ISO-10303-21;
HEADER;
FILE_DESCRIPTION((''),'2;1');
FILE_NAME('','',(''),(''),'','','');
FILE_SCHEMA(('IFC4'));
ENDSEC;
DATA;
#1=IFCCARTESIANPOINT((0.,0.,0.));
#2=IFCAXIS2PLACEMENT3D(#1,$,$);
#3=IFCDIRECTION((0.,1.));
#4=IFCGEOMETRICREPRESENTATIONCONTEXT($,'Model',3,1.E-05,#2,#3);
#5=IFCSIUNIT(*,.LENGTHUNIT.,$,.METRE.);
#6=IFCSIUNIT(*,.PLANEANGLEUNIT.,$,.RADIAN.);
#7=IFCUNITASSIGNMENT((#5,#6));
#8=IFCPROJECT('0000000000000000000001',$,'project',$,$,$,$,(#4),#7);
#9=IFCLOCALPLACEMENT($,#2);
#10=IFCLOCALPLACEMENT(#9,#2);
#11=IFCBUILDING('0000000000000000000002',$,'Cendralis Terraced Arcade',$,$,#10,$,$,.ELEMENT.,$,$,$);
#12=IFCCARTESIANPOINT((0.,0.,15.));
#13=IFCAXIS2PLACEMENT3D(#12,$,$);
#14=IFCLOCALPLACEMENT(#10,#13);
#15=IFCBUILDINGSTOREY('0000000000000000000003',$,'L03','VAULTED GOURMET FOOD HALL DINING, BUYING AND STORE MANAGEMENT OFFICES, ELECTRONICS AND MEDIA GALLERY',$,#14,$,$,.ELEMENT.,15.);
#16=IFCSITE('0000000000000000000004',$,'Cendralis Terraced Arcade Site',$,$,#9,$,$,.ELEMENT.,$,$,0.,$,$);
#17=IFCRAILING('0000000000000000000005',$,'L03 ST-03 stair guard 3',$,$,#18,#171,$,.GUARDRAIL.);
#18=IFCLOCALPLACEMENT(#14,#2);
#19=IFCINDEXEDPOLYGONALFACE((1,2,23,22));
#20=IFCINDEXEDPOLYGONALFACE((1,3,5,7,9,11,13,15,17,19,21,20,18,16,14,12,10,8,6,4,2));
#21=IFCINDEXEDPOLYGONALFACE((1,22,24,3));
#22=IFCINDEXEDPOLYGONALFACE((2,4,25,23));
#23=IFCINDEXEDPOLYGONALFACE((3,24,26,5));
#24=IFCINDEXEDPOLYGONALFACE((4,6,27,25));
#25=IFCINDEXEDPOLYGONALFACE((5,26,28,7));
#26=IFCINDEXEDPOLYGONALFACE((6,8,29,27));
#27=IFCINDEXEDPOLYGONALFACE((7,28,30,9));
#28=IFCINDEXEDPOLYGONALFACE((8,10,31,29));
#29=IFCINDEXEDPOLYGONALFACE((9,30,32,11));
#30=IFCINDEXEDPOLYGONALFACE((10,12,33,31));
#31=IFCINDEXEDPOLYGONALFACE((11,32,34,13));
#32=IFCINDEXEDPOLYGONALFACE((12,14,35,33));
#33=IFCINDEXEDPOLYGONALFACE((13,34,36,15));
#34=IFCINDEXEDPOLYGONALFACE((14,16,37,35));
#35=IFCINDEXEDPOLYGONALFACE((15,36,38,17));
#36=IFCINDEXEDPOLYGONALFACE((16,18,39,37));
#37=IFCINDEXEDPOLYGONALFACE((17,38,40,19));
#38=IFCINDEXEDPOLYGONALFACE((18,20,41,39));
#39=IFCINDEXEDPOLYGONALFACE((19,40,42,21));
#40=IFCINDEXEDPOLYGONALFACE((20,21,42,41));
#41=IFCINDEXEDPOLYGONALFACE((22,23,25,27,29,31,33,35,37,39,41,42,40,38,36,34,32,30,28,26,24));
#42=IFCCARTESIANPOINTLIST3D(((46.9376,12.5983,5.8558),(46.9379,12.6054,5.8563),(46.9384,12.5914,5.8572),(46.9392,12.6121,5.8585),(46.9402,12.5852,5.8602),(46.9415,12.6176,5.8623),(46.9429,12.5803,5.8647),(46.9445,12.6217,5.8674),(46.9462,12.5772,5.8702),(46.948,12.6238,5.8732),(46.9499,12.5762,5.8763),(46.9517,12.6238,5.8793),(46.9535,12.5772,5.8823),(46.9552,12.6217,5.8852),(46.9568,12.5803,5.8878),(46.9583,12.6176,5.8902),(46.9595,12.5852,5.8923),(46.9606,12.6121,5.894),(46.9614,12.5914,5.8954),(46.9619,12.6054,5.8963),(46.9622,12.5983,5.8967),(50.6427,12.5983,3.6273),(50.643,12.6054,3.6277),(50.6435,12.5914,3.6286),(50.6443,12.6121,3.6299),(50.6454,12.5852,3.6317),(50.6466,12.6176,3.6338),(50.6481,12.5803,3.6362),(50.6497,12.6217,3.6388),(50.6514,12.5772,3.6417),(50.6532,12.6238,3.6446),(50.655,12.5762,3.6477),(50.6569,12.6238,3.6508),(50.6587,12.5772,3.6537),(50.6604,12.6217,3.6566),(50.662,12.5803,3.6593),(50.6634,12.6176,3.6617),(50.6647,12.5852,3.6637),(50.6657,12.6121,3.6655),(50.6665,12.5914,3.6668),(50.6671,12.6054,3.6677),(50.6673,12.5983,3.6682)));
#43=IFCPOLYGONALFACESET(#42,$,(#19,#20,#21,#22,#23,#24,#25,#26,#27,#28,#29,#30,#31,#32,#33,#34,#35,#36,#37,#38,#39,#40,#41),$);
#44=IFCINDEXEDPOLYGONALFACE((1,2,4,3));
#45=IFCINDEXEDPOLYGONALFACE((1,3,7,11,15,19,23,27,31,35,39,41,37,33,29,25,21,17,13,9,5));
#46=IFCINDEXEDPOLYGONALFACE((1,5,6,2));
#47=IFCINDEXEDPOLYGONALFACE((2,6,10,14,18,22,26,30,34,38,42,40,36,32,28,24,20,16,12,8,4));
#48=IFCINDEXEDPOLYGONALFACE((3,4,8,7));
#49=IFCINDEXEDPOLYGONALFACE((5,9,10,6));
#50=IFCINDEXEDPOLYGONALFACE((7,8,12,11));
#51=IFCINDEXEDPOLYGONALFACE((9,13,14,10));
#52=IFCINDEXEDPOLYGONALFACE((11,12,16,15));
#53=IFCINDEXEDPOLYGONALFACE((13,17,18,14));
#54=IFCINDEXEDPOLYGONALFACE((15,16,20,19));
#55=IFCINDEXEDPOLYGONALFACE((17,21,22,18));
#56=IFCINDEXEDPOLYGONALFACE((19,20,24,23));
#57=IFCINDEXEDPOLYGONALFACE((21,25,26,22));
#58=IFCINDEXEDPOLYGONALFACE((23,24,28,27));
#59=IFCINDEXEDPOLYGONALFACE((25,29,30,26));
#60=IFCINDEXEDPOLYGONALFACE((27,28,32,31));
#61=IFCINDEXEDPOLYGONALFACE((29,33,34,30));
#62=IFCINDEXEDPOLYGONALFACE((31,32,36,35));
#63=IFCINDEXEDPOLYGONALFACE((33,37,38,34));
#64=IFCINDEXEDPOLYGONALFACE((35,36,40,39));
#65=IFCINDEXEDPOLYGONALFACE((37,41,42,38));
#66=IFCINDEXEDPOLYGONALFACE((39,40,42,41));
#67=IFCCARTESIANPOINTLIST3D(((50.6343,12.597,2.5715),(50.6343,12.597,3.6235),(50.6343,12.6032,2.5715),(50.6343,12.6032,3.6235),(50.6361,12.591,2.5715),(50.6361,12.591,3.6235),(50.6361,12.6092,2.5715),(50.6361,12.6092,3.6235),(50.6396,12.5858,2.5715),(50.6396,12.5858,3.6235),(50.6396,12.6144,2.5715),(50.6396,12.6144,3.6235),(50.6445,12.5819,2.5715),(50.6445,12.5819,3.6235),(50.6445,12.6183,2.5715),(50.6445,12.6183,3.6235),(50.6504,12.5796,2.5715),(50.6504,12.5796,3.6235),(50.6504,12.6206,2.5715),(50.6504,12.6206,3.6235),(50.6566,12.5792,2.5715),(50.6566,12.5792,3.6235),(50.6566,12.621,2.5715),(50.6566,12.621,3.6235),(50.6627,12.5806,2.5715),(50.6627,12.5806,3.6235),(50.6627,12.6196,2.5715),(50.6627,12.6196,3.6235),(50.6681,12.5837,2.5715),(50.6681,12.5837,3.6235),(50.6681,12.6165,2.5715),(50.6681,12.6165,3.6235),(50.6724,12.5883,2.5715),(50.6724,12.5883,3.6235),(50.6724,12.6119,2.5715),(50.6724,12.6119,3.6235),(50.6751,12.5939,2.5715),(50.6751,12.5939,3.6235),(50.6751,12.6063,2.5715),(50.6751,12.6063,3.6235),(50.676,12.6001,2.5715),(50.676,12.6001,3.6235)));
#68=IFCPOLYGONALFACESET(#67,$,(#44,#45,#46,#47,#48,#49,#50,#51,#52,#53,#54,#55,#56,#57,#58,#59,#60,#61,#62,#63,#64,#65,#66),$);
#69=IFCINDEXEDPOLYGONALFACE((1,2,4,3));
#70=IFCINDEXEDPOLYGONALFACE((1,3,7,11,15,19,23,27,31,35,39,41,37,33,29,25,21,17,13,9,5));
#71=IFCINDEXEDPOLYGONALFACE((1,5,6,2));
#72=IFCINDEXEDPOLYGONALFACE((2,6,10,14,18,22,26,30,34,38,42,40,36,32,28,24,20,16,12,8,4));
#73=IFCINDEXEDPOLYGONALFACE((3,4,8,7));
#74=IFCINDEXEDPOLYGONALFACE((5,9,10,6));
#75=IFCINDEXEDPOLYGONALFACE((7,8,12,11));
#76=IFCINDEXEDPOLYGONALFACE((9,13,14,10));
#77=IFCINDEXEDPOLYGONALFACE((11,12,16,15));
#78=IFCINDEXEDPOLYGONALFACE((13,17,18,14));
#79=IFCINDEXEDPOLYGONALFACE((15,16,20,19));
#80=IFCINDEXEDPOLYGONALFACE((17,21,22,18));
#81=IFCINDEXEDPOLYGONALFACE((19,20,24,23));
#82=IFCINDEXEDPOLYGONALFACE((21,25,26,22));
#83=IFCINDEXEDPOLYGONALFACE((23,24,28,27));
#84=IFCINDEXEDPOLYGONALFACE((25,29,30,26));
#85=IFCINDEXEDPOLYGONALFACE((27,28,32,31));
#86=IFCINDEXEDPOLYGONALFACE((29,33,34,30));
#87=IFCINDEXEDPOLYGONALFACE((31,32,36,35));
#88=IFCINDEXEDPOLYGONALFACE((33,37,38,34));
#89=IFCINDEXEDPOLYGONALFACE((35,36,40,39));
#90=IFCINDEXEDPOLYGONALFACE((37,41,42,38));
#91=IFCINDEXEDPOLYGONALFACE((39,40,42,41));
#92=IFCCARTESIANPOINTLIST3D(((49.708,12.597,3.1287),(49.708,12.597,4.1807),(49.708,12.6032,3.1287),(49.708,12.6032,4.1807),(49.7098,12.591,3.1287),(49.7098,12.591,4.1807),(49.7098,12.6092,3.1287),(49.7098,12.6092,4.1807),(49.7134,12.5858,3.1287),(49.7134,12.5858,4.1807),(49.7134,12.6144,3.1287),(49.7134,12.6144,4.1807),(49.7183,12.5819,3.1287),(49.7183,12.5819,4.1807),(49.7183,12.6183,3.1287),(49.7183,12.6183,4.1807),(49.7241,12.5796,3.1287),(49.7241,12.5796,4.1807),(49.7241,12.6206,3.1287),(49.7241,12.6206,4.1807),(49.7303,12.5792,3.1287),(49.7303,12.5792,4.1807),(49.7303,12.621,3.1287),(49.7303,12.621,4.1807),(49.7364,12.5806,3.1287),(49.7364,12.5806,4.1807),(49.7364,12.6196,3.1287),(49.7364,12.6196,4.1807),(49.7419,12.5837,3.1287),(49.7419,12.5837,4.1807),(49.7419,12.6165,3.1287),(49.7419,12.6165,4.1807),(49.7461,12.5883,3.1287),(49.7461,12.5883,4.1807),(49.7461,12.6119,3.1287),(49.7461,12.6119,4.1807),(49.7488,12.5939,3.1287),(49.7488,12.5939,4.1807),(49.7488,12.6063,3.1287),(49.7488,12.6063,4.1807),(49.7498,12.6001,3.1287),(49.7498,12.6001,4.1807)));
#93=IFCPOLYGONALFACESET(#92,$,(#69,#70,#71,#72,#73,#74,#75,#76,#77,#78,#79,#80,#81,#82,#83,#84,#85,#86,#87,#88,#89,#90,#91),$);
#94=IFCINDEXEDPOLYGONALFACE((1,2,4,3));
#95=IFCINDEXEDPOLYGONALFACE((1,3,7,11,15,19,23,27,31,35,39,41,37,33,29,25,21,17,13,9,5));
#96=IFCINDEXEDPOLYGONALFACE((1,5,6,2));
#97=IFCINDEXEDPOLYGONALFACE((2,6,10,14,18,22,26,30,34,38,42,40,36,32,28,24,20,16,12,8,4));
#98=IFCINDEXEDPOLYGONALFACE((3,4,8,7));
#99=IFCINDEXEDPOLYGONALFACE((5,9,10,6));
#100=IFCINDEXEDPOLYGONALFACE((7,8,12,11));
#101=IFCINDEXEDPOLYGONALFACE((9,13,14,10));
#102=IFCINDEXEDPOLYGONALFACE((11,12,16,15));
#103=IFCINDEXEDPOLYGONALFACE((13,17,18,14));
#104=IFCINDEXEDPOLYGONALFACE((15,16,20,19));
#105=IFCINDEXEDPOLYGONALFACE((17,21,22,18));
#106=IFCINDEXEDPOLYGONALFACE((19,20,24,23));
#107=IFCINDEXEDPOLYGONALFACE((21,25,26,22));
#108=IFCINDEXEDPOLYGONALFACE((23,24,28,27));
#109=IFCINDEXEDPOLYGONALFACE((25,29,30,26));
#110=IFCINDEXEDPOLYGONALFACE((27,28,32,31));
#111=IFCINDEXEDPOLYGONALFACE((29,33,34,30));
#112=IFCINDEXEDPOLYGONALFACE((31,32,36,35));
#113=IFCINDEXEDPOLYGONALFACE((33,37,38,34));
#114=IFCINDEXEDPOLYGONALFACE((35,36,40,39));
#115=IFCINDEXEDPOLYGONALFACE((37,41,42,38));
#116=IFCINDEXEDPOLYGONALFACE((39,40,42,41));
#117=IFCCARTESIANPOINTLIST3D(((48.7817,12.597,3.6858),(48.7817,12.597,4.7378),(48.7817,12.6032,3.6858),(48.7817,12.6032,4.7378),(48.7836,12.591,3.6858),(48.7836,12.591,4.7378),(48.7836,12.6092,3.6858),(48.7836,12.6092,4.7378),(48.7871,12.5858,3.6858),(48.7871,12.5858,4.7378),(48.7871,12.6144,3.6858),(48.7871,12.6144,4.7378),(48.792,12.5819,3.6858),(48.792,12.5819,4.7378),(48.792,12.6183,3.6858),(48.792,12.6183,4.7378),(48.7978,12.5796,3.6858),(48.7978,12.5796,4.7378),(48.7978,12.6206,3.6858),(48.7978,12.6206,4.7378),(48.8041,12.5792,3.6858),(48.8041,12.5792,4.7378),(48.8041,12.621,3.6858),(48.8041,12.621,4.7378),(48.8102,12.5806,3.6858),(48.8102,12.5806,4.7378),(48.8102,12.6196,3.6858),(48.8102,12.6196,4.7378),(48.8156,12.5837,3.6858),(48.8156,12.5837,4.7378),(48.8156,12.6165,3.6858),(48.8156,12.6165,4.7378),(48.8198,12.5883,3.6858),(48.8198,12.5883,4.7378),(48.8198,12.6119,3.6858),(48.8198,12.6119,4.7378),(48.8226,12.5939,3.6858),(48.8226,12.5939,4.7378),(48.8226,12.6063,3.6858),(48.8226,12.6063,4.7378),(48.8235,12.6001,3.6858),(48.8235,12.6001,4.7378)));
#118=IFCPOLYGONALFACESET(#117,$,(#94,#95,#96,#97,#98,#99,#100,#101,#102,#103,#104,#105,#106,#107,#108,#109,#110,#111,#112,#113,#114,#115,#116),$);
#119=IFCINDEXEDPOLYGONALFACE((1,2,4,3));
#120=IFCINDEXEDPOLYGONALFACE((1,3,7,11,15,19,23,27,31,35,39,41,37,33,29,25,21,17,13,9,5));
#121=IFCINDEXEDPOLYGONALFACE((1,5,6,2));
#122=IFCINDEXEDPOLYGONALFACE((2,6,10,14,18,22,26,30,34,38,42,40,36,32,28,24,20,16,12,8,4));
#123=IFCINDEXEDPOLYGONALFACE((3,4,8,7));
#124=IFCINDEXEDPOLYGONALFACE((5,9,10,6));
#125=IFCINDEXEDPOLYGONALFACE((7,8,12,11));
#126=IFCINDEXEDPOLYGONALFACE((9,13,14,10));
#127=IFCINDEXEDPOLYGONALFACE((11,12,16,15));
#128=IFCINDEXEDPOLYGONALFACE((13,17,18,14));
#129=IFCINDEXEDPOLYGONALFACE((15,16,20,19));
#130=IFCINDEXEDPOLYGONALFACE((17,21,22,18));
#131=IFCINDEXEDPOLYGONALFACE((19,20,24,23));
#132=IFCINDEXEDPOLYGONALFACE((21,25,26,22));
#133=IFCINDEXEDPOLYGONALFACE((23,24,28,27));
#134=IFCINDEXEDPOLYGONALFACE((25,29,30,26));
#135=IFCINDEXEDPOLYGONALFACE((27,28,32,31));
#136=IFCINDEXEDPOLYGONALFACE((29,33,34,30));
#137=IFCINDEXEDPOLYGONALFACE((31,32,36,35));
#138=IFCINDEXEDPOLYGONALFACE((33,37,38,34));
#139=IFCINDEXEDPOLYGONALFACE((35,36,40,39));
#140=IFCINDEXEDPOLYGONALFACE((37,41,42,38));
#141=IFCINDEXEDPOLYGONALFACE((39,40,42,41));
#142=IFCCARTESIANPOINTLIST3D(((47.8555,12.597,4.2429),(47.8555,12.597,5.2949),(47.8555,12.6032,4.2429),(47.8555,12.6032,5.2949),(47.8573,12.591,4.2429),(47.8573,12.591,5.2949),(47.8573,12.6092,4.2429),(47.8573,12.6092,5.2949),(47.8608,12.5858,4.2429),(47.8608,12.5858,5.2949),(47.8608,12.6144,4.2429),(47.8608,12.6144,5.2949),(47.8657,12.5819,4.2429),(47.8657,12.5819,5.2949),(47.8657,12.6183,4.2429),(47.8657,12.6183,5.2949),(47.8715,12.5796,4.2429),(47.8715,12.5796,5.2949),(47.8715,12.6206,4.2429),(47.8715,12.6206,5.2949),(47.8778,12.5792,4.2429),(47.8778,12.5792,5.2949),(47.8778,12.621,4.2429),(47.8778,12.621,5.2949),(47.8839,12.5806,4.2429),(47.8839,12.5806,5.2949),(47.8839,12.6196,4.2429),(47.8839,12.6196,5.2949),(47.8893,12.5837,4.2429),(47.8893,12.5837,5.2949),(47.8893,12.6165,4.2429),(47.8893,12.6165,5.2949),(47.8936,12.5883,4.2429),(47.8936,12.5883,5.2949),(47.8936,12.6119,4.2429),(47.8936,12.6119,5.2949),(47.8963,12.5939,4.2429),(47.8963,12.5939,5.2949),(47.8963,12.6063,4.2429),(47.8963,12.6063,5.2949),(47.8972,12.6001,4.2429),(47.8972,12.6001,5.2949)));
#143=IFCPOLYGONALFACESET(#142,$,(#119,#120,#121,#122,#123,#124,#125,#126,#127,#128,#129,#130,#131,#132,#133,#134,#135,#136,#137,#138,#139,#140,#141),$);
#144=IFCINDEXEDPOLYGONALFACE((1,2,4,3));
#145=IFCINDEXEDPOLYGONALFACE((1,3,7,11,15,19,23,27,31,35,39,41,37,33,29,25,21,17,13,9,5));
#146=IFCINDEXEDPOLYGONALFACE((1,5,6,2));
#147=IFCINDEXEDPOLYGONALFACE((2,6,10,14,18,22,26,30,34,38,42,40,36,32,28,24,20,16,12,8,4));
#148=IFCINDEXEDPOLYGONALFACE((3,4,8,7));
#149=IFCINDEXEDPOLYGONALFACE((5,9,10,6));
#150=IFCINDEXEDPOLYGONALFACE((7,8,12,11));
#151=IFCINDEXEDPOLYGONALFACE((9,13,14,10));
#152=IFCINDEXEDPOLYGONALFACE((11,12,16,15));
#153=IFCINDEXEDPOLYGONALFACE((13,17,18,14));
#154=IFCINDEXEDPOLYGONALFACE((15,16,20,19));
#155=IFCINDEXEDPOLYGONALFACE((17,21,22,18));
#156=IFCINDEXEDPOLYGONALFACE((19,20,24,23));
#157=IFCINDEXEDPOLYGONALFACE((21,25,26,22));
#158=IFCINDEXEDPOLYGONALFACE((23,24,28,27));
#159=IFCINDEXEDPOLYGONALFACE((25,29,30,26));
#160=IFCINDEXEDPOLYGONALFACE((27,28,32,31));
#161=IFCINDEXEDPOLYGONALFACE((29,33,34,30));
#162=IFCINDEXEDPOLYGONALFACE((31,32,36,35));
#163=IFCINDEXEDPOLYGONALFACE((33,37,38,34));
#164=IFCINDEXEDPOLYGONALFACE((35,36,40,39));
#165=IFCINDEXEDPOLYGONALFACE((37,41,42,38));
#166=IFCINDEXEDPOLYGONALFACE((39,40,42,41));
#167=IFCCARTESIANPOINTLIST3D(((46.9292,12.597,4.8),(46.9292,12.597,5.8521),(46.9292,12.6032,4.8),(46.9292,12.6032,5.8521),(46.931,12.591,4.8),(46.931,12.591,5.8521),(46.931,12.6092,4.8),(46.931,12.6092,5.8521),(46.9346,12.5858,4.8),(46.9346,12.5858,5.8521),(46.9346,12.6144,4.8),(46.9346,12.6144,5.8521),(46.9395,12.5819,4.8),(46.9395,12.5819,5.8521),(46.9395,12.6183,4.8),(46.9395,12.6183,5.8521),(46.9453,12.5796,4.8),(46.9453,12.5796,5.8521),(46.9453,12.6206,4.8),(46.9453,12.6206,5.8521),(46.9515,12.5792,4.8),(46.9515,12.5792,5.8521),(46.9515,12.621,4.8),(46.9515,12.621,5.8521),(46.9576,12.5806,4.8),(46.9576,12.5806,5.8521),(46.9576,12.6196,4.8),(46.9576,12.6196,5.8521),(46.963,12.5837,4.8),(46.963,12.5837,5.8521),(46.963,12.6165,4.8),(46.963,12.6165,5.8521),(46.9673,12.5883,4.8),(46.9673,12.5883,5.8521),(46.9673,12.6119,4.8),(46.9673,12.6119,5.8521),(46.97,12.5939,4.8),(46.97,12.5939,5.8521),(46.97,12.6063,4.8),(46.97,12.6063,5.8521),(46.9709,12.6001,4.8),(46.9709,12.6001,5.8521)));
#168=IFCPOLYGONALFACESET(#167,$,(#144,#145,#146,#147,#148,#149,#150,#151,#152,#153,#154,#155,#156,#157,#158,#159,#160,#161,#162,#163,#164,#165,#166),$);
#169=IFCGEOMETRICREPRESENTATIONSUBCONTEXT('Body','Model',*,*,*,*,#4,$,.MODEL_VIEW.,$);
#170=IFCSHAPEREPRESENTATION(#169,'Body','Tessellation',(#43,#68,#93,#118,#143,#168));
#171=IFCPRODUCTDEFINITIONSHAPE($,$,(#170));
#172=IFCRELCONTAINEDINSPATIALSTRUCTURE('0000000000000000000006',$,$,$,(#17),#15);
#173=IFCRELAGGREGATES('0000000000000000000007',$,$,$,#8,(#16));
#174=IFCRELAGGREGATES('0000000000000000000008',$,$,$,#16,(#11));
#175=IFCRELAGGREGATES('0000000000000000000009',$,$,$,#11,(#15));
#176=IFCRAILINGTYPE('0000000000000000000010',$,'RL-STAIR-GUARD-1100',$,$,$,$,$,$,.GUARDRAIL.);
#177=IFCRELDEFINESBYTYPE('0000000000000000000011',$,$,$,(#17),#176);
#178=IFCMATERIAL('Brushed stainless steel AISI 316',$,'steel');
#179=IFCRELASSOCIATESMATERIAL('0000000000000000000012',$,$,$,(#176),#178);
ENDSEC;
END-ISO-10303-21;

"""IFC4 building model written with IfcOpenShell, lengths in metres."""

from ifc_helpers import new_model, si_unit, direction, frame, origin, origin_2d, place, context, subcontext, project, spatial, circle, extrude, material, type_object, element, save


model = new_model("IFC4")

# Units and contexts
model_context = context("Model", 3, precision=1e-05, world=origin(), true_north=direction((0.0, 1.0)))
body_context = subcontext(model_context, "Body", "Model", "MODEL_VIEW")
ifc_project = project(units=[si_unit("LENGTHUNIT", "METRE"), si_unit("PLANEANGLEUNIT", "RADIAN")], contexts=[model_context])

# Site, building, storey
site_placement = place(None, origin())
site = spatial("IfcSite", under=ifc_project, at=site_placement, Name="Cendralis Terraced Arcade Site", CompositionType="ELEMENT", RefElevation=0.0)
building_placement = place(site_placement, origin())
building = spatial("IfcBuilding", under=site, at=building_placement, Name="Cendralis Terraced Arcade", CompositionType="ELEMENT")
storey_placement = place(building_placement, frame((0.0, 0.0, 15.0)))
storey = spatial("IfcBuildingStorey", under=building, at=storey_placement, Name="L03", Description="VAULTED GOURMET FOOD HALL DINING, BUYING AND STORE MANAGEMENT OFFICES, ELECTRONICS AND MEDIA GALLERY", CompositionType="ELEMENT", Elevation=15.0)

# Railing
ifc_material_1 = material(Name="Brushed stainless steel AISI 316", Category="steel")
railing_type_1 = type_object("IfcRailingType", Name="RL-STAIR-GUARD-1100", PredefinedType="GUARDRAIL", material=ifc_material_1)
railing_1_placement = place(storey_placement, frame((50.655, 12.6001, 2.5715)))
element("IfcRailing", 1, at=railing_1_placement, inside=storey, type_object=railing_type_1, Name="L03 ST-03 stair guard 3", PredefinedType="GUARDRAIL", context=body_context, shape_type="SweptSolid", body=[
    extrude(circle(Radius=0.0239, at=origin_2d()), frame((0.0, 0.0, 1.0762), z_axis=(-0.856934, 0.0, 0.515425), x_axis=(0.0, -1.0, 0.0)), (0.0, 0.0, 1.0), 4.3237),
    extrude(circle(Radius=0.021, at=origin_2d()), origin(), (0.0, 0.0, 1.0), 1.052),
    extrude(circle(Radius=0.021, at=origin_2d()), frame((-0.9263, 0.0, 0.5571)), (0.0, 0.0, 1.0), 1.052),
    extrude(circle(Radius=0.021, at=origin_2d()), frame((-1.8525, 0.0, 1.1143)), (0.0, 0.0, 1.0), 1.052),
    extrude(circle(Radius=0.021, at=origin_2d()), frame((-2.7788, 0.0, 1.6714)), (0.0, 0.0, 1.0), 1.052),
    extrude(circle(Radius=0.021, at=origin_2d()), frame((-3.7051, 0.0, 2.2285)), (0.0, 0.0, 1.0), 1.052),
])

save(model, "model.ifc")
